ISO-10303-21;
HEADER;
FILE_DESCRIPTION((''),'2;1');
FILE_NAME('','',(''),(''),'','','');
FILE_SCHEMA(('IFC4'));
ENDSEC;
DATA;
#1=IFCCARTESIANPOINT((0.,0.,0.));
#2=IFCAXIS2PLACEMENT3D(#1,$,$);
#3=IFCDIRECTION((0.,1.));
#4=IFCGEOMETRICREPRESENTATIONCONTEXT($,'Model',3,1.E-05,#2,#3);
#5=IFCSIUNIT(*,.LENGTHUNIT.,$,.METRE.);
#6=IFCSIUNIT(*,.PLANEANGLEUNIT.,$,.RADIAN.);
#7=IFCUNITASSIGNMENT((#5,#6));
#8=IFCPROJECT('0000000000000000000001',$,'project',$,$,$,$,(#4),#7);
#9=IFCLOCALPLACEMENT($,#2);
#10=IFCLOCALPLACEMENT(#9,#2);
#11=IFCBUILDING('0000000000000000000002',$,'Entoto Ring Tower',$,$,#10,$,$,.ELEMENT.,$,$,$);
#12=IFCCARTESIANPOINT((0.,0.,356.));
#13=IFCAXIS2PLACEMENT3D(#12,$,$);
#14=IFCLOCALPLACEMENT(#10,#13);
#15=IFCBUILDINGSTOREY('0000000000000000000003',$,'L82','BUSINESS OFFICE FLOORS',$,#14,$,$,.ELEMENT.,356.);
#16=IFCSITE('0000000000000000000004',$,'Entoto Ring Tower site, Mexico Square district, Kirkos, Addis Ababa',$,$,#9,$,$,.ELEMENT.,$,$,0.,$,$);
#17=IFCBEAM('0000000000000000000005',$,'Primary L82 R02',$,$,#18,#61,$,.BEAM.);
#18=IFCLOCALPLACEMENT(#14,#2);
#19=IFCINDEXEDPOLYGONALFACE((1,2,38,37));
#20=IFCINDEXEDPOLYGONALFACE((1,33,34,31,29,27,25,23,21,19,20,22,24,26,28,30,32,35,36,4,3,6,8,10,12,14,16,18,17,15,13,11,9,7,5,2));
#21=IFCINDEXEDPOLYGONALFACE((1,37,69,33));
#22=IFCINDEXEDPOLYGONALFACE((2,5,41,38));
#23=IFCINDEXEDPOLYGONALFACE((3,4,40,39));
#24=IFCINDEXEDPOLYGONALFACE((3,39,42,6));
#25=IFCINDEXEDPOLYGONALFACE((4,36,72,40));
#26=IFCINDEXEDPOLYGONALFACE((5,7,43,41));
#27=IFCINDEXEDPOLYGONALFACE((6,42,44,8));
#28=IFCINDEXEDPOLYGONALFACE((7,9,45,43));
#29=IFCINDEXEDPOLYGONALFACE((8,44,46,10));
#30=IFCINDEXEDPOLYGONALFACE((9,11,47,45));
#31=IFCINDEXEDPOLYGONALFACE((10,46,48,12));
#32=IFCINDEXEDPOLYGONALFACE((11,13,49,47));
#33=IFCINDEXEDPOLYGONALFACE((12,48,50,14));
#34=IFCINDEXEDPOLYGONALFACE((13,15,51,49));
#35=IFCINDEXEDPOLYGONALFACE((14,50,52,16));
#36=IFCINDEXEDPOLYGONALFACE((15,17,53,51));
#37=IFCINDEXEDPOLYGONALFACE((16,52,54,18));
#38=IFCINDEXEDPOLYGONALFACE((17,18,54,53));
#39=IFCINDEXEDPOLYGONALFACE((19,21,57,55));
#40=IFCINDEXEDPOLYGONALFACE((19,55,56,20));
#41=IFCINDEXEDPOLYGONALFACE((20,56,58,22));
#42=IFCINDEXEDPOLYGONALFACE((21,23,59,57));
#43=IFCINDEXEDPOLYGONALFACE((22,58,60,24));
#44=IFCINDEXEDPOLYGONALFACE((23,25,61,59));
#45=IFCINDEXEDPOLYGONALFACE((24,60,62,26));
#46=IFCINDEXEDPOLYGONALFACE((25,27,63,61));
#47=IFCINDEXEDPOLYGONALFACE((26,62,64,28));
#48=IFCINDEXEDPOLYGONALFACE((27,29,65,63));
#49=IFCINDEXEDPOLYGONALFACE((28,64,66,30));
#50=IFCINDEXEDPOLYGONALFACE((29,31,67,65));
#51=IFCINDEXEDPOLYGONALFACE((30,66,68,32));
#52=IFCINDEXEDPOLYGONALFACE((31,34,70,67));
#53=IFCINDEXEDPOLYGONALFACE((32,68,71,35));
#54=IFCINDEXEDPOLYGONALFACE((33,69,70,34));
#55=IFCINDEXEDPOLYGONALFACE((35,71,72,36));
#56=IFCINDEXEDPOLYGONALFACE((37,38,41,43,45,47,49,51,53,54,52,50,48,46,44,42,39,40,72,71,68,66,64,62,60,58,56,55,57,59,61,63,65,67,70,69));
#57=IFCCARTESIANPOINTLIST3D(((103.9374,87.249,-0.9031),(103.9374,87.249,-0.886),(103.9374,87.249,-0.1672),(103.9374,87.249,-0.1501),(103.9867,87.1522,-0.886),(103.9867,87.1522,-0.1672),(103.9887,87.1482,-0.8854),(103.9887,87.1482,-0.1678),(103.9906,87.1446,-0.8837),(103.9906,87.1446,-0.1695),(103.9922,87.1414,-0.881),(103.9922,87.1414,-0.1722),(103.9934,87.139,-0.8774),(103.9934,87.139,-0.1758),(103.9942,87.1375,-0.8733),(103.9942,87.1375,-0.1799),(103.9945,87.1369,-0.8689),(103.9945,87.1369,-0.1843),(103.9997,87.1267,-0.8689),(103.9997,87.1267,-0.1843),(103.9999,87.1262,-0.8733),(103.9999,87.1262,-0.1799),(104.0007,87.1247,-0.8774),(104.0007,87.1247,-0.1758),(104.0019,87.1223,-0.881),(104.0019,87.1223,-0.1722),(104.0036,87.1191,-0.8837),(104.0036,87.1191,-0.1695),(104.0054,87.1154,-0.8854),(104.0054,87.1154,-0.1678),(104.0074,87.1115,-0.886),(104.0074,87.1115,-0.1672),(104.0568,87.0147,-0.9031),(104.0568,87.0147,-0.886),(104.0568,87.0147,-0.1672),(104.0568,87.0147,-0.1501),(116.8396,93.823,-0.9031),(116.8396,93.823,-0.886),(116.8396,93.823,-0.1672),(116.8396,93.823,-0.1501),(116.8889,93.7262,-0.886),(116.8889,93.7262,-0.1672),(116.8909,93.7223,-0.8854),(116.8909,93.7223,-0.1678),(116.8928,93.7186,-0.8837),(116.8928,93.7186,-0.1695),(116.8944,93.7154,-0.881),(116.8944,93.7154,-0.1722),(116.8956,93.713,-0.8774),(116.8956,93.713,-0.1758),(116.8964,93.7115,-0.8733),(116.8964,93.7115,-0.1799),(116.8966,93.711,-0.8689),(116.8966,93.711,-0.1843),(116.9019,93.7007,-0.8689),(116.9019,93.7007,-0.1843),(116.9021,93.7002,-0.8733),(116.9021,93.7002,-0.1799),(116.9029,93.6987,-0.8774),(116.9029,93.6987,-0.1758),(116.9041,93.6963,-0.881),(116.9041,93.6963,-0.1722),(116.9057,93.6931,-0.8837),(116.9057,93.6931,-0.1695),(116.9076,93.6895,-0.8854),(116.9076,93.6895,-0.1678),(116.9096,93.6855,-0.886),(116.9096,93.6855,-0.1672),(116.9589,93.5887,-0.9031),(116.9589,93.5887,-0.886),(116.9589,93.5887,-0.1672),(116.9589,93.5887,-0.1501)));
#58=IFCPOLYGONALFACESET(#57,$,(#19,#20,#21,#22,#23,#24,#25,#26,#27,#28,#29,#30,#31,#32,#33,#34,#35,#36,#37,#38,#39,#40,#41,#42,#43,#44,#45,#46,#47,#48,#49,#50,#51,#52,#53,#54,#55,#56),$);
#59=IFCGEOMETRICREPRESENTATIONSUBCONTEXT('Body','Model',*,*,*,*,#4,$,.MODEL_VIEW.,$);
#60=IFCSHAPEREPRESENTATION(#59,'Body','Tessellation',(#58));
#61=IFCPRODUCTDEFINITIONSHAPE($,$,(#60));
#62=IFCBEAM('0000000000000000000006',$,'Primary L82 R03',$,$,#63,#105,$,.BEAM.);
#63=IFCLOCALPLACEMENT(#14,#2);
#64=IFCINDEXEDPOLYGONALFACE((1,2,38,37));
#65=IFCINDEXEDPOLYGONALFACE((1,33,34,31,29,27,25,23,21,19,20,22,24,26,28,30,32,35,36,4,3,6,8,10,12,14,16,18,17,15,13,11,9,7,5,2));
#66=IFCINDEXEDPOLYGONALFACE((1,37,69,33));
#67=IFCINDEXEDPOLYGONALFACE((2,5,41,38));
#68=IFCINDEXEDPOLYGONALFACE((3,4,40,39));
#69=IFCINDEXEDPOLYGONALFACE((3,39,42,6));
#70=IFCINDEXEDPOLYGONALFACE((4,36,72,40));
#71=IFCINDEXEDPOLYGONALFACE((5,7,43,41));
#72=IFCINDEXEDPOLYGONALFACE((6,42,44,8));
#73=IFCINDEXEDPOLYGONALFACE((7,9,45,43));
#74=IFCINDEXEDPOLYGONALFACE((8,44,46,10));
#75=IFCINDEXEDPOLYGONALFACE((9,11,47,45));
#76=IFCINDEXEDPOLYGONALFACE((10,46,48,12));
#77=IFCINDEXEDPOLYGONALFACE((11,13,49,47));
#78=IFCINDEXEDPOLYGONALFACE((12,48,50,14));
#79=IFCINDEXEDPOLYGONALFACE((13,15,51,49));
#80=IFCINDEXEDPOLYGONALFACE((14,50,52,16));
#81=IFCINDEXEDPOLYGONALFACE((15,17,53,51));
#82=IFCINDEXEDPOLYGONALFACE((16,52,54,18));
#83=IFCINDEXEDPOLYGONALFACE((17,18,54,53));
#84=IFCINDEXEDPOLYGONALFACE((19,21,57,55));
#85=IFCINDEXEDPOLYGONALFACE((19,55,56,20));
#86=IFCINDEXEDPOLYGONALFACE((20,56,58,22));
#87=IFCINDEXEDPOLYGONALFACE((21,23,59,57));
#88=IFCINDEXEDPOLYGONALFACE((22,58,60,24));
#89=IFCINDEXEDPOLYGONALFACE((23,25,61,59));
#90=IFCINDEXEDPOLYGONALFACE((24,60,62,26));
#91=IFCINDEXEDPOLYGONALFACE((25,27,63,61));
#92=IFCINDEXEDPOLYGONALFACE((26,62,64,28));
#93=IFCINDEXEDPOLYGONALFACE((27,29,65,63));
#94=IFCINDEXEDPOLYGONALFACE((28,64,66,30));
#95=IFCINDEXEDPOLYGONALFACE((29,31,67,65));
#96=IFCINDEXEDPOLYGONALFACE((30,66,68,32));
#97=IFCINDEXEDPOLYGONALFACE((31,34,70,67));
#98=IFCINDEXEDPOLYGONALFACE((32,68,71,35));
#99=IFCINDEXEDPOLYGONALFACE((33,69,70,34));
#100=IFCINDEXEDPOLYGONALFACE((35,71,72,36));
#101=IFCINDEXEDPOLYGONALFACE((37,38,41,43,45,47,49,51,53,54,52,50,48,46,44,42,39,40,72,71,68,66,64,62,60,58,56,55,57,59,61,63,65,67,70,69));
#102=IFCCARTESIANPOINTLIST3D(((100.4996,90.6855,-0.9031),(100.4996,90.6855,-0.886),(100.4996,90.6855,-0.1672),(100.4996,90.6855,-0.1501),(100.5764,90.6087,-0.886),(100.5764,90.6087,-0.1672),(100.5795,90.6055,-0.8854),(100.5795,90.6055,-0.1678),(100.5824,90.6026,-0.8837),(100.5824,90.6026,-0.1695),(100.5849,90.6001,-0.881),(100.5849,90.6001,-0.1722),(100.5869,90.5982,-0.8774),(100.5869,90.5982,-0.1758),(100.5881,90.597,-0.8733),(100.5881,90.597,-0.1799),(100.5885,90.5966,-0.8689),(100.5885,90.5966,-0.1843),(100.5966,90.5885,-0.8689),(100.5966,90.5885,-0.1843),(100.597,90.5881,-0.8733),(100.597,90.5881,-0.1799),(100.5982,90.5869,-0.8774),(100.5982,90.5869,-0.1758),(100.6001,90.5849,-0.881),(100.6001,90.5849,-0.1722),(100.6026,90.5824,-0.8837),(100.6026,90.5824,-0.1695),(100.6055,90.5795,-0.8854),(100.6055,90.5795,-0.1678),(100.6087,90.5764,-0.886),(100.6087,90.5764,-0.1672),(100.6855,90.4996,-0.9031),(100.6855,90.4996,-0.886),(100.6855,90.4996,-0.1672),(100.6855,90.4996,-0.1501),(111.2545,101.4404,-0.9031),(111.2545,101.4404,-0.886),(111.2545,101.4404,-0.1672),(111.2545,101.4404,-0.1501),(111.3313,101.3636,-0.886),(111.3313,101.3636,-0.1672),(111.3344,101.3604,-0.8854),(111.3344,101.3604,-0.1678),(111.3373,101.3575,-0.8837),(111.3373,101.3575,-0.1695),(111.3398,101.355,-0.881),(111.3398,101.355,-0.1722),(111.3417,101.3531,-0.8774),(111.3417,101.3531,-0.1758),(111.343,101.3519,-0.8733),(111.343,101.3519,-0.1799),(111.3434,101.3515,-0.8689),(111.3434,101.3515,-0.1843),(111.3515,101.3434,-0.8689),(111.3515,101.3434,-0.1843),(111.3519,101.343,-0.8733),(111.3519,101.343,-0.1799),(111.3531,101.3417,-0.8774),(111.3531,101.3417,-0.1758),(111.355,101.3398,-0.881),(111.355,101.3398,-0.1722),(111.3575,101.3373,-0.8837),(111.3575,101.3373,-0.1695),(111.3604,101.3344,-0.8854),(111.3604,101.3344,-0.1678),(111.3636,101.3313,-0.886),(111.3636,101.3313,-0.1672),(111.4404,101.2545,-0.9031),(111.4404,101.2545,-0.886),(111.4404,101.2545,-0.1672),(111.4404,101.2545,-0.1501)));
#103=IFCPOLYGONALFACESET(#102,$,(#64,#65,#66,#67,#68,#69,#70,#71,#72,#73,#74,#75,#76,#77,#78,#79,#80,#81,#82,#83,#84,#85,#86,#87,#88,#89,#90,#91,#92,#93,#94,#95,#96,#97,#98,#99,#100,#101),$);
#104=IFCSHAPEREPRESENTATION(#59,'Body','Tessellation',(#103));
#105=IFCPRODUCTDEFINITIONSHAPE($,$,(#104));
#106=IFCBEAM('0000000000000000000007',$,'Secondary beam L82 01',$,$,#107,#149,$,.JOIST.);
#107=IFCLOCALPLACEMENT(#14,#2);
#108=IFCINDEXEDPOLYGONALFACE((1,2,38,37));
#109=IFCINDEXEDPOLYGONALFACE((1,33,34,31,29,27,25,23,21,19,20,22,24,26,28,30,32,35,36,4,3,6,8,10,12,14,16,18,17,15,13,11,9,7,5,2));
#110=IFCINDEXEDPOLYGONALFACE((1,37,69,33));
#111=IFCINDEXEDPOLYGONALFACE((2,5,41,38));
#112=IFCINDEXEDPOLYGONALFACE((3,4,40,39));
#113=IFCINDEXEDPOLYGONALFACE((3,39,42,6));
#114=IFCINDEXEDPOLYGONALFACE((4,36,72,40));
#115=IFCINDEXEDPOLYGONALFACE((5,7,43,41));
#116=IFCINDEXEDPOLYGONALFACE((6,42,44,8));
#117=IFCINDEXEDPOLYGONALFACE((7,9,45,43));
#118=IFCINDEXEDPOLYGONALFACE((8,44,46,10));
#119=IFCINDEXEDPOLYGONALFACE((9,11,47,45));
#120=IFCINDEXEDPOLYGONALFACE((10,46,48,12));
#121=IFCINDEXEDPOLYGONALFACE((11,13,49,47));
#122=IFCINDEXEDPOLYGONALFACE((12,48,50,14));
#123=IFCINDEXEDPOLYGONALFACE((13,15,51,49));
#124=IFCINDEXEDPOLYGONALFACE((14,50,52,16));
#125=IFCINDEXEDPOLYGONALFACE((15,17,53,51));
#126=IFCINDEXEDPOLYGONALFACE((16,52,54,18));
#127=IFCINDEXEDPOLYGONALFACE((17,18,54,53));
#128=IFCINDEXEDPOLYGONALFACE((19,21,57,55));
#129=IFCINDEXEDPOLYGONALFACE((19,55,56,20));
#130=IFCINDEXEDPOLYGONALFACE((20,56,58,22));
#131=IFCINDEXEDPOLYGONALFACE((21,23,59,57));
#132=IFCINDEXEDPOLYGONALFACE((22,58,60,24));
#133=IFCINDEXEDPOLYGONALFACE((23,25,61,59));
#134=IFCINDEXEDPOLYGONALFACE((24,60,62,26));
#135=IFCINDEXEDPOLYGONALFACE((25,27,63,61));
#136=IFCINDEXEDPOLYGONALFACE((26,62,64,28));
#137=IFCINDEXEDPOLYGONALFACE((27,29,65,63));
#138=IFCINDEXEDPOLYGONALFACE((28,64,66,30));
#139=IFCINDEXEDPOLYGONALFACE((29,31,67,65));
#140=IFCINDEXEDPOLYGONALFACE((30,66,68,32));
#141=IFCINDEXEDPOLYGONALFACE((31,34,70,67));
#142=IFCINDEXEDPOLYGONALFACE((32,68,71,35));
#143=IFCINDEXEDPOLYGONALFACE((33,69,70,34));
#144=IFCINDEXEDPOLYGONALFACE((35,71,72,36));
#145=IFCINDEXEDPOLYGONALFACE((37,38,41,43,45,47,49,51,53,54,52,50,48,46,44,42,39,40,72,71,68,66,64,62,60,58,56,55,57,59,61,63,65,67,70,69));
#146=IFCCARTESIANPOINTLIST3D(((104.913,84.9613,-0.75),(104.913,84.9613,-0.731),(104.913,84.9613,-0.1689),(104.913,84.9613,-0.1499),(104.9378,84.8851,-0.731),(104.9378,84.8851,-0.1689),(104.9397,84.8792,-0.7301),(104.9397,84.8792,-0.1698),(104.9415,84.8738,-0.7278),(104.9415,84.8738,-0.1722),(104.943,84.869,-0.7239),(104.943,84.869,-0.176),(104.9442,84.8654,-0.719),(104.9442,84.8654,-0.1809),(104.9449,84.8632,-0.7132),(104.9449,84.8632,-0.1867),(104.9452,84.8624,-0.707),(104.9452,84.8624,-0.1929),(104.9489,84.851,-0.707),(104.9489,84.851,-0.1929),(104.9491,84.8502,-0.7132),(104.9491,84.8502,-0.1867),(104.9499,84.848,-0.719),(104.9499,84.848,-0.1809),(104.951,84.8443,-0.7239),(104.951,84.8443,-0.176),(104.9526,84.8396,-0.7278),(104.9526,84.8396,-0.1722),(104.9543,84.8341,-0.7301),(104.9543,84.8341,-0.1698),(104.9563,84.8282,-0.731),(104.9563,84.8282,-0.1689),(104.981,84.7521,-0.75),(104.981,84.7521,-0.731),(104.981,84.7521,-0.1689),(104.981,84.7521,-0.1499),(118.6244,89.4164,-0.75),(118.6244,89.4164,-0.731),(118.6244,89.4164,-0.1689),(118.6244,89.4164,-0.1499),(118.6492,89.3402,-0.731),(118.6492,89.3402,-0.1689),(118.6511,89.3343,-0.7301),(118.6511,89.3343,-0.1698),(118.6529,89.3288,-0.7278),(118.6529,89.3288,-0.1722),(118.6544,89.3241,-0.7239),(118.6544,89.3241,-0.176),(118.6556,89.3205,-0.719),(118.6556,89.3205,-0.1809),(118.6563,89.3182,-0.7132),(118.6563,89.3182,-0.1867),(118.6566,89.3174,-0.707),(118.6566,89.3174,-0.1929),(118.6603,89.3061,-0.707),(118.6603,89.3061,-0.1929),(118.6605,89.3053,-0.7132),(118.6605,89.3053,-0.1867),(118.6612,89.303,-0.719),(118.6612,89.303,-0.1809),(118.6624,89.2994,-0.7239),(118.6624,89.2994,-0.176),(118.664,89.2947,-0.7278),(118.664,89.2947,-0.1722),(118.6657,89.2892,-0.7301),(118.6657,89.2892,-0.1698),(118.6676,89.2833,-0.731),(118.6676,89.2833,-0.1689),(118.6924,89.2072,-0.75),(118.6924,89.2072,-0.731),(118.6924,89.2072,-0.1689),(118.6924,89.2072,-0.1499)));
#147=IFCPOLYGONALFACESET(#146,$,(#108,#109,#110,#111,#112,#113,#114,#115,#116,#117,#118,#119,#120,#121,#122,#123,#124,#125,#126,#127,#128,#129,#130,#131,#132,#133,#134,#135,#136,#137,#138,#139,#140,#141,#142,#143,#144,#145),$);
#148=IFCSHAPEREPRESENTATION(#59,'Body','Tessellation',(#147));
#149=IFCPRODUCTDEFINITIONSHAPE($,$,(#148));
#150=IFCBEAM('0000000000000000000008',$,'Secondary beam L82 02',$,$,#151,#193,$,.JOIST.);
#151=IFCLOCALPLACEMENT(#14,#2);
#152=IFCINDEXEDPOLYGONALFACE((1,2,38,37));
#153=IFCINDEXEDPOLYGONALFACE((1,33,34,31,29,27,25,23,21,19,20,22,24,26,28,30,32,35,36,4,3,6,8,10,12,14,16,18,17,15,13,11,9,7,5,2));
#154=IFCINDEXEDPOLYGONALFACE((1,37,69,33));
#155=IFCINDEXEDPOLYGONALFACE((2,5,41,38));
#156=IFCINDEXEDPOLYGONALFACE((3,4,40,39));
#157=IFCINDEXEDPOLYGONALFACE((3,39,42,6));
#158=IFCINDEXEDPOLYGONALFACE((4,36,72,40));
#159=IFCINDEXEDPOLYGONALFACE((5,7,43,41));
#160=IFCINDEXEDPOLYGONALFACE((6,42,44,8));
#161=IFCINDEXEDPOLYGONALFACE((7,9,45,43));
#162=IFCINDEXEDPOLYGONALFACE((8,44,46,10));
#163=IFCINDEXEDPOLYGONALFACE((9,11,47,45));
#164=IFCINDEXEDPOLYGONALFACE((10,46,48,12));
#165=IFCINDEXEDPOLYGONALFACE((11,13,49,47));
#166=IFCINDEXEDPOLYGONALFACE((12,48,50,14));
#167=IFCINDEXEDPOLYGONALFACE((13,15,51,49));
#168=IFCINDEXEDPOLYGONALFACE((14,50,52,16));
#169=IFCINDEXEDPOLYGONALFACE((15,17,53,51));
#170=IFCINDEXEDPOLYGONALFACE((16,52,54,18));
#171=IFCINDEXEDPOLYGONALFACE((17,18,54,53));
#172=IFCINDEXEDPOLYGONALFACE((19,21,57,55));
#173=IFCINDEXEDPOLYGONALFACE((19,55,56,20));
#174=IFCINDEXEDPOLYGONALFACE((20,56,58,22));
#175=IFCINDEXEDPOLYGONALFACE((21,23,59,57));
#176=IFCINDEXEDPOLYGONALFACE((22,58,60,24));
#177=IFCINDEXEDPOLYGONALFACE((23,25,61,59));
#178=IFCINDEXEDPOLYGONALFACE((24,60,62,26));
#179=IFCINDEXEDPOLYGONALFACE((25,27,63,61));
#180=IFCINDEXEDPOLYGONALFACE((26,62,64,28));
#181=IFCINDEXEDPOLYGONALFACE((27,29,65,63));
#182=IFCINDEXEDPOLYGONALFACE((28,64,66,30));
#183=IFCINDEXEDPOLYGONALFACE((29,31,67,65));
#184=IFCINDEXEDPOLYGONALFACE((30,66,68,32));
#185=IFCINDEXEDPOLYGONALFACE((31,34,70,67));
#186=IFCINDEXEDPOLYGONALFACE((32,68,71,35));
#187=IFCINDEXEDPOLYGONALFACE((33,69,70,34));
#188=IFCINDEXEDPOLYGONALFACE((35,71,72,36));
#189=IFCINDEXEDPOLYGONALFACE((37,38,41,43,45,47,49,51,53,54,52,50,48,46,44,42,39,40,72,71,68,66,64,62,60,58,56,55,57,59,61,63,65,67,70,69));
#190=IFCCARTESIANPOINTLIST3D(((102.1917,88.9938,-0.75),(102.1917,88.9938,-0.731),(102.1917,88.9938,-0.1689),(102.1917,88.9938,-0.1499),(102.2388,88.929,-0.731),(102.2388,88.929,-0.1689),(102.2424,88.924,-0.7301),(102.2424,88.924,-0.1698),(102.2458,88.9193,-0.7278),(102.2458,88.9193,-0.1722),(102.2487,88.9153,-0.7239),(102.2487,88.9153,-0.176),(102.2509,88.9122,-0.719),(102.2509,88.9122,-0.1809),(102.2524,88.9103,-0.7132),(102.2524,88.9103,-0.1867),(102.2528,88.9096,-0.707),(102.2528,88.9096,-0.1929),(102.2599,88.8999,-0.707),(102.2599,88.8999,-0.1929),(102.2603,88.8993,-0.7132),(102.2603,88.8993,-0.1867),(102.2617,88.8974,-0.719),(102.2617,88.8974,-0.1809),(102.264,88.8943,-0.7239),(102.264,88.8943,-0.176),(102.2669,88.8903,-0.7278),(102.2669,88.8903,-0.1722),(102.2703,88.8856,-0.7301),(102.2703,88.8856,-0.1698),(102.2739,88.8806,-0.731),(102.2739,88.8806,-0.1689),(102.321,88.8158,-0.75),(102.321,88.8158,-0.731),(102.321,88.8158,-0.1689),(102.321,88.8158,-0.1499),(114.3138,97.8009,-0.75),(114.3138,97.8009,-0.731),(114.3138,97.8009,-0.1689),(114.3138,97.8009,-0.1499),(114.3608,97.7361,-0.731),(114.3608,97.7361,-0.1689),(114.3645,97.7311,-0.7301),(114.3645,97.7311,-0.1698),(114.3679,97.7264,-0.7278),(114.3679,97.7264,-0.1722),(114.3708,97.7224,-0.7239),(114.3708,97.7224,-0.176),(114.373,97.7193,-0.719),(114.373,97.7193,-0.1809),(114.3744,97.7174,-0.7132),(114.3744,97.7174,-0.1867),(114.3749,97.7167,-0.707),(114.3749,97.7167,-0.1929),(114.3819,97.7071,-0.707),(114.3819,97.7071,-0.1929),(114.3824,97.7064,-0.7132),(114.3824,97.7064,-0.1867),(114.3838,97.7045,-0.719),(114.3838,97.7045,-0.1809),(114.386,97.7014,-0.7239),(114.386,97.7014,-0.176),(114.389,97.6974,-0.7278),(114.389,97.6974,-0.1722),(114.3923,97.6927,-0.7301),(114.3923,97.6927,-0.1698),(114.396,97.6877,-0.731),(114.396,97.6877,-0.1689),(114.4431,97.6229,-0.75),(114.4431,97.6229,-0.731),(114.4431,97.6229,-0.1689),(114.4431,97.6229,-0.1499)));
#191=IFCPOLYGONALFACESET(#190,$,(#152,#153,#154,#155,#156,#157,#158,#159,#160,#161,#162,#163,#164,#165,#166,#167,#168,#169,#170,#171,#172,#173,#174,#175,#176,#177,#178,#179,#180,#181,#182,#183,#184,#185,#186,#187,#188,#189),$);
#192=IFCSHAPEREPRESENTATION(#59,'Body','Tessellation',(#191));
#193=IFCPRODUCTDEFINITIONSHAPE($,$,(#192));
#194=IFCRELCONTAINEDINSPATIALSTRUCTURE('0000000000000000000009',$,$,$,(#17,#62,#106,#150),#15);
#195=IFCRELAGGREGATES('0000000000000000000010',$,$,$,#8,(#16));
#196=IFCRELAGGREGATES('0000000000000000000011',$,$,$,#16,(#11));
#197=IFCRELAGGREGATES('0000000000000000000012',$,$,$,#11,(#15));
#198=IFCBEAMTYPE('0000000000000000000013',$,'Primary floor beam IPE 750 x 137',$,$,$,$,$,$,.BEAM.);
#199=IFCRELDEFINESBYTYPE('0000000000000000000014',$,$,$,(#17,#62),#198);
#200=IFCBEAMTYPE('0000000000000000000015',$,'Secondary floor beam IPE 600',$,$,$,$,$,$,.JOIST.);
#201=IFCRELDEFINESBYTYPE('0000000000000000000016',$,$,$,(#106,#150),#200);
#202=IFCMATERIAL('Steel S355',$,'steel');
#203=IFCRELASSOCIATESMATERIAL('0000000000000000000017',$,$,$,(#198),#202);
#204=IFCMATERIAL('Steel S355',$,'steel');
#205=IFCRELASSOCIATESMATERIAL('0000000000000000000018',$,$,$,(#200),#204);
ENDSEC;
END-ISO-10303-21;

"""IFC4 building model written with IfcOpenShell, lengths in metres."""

from ifc_helpers import new_model, si_unit, direction, frame, origin, origin_2d, place, context, subcontext, project, spatial, i_section, extrude, material, material_profile, profile_set, type_object, element, save


model = new_model("IFC4")

# Units and contexts
model_context = context("Model", 3, precision=1e-05, world=origin(), true_north=direction((0.0, 1.0)))
body_context = subcontext(model_context, "Body", "Model", "MODEL_VIEW")
ifc_project = project(units=[si_unit("LENGTHUNIT", "METRE"), si_unit("PLANEANGLEUNIT", "RADIAN")], contexts=[model_context])

# Site, building, storey
site_placement = place(None, origin())
site = spatial("IfcSite", under=ifc_project, at=site_placement, Name="Entoto Ring Tower site, Mexico Square district, Kirkos, Addis Ababa", CompositionType="ELEMENT", RefElevation=0.0)
building_placement = place(site_placement, origin())
building = spatial("IfcBuilding", under=site, at=building_placement, Name="Entoto Ring Tower", CompositionType="ELEMENT")
storey_placement = place(building_placement, frame((0.0, 0.0, 356.0)))
storey = spatial("IfcBuildingStorey", under=building, at=storey_placement, Name="L82", Description="BUSINESS OFFICE FLOORS", CompositionType="ELEMENT", Elevation=356.0)

# Beams
ifc_material_1 = material(Name="Steel S355", Category="steel")
ifc_material_profile_1 = material_profile(ifc_material_1, i_section(OverallWidth=0.2629, OverallDepth=0.7529, WebThickness=0.0115, FlangeThickness=0.0171, FilletRadius=0.0171, at=origin_2d()), Name="IPE 750 x 137")
ifc_profile_set_1 = profile_set([ifc_material_profile_1], Name="Steel S355")
beam_type_1 = type_object("IfcBeamType", Name="Primary floor beam IPE 750 x 137", PredefinedType="BEAM", material=ifc_profile_set_1)
beam_1_placement = place(storey_placement, frame((103.9971, 87.1318, -0.5266), z_axis=(0.891006, 0.453992, 0.0), x_axis=(-0.453992, 0.891006, 0.0)))
element("IfcBeam", 1, at=beam_1_placement, inside=storey, type_object=beam_type_1, Name="Primary L82 R02", PredefinedType="BEAM", context=body_context, shape_type="SweptSolid", body=[
    extrude(i_section(OverallWidth=0.2629, OverallDepth=0.7529, WebThickness=0.0115, FlangeThickness=0.0171, FilletRadius=0.0171, at=origin_2d()), origin(), (0.0, 0.0, 1.0), 14.4805),
])
beam_2_placement = place(storey_placement, frame((100.5925, 90.5925, -0.5266), z_axis=(0.707107, 0.707107, 0.0), x_axis=(-0.707107, 0.707107, 0.0)))
element("IfcBeam", 2, at=beam_2_placement, inside=storey, type_object=beam_type_1, Name="Primary L82 R03", PredefinedType="BEAM", context=body_context, shape_type="SweptSolid", body=[
    extrude(i_section(OverallWidth=0.2629, OverallDepth=0.7529, WebThickness=0.0115, FlangeThickness=0.0171, FilletRadius=0.0171, at=origin_2d()), origin(), (0.0, 0.0, 1.0), 15.2097),
])
ifc_material_2 = material(Name="Steel S355", Category="steel")
ifc_material_profile_2 = material_profile(ifc_material_2, i_section(OverallWidth=0.22, OverallDepth=0.6001, WebThickness=0.012, FlangeThickness=0.019, FilletRadius=0.0239, at=origin_2d()), Name="IPE 600")
ifc_profile_set_2 = profile_set([ifc_material_profile_2], Name="Steel S355")
beam_type_2 = type_object("IfcBeamType", Name="Secondary floor beam IPE 600", PredefinedType="JOIST", material=ifc_profile_set_2)
beam_3_placement = place(storey_placement, frame((104.947, 84.8567, -0.45), z_axis=(0.951057, 0.309015, 0.0), x_axis=(-0.309015, 0.951057, 0.0)))
element("IfcBeam", 3, at=beam_3_placement, inside=storey, type_object=beam_type_2, Name="Secondary beam L82 01", PredefinedType="JOIST", context=body_context, shape_type="SweptSolid", body=[
    extrude(i_section(OverallWidth=0.22, OverallDepth=0.6001, WebThickness=0.012, FlangeThickness=0.019, FilletRadius=0.0239, at=origin_2d()), origin(), (0.0, 0.0, 1.0), 14.417),
])
beam_4_placement = place(storey_placement, frame((102.2563, 88.9048, -0.45), z_axis=(0.809019, 0.587782, 0.0), x_axis=(-0.587782, 0.809019, 0.0)))
element("IfcBeam", 4, at=beam_4_placement, inside=storey, type_object=beam_type_2, Name="Secondary beam L82 02", PredefinedType="JOIST", context=body_context, shape_type="SweptSolid", body=[
    extrude(i_section(OverallWidth=0.22, OverallDepth=0.6001, WebThickness=0.012, FlangeThickness=0.019, FilletRadius=0.0239, at=origin_2d()), origin(), (0.0, 0.0, 1.0), 14.9836),
])

save(model, "model.ifc")
